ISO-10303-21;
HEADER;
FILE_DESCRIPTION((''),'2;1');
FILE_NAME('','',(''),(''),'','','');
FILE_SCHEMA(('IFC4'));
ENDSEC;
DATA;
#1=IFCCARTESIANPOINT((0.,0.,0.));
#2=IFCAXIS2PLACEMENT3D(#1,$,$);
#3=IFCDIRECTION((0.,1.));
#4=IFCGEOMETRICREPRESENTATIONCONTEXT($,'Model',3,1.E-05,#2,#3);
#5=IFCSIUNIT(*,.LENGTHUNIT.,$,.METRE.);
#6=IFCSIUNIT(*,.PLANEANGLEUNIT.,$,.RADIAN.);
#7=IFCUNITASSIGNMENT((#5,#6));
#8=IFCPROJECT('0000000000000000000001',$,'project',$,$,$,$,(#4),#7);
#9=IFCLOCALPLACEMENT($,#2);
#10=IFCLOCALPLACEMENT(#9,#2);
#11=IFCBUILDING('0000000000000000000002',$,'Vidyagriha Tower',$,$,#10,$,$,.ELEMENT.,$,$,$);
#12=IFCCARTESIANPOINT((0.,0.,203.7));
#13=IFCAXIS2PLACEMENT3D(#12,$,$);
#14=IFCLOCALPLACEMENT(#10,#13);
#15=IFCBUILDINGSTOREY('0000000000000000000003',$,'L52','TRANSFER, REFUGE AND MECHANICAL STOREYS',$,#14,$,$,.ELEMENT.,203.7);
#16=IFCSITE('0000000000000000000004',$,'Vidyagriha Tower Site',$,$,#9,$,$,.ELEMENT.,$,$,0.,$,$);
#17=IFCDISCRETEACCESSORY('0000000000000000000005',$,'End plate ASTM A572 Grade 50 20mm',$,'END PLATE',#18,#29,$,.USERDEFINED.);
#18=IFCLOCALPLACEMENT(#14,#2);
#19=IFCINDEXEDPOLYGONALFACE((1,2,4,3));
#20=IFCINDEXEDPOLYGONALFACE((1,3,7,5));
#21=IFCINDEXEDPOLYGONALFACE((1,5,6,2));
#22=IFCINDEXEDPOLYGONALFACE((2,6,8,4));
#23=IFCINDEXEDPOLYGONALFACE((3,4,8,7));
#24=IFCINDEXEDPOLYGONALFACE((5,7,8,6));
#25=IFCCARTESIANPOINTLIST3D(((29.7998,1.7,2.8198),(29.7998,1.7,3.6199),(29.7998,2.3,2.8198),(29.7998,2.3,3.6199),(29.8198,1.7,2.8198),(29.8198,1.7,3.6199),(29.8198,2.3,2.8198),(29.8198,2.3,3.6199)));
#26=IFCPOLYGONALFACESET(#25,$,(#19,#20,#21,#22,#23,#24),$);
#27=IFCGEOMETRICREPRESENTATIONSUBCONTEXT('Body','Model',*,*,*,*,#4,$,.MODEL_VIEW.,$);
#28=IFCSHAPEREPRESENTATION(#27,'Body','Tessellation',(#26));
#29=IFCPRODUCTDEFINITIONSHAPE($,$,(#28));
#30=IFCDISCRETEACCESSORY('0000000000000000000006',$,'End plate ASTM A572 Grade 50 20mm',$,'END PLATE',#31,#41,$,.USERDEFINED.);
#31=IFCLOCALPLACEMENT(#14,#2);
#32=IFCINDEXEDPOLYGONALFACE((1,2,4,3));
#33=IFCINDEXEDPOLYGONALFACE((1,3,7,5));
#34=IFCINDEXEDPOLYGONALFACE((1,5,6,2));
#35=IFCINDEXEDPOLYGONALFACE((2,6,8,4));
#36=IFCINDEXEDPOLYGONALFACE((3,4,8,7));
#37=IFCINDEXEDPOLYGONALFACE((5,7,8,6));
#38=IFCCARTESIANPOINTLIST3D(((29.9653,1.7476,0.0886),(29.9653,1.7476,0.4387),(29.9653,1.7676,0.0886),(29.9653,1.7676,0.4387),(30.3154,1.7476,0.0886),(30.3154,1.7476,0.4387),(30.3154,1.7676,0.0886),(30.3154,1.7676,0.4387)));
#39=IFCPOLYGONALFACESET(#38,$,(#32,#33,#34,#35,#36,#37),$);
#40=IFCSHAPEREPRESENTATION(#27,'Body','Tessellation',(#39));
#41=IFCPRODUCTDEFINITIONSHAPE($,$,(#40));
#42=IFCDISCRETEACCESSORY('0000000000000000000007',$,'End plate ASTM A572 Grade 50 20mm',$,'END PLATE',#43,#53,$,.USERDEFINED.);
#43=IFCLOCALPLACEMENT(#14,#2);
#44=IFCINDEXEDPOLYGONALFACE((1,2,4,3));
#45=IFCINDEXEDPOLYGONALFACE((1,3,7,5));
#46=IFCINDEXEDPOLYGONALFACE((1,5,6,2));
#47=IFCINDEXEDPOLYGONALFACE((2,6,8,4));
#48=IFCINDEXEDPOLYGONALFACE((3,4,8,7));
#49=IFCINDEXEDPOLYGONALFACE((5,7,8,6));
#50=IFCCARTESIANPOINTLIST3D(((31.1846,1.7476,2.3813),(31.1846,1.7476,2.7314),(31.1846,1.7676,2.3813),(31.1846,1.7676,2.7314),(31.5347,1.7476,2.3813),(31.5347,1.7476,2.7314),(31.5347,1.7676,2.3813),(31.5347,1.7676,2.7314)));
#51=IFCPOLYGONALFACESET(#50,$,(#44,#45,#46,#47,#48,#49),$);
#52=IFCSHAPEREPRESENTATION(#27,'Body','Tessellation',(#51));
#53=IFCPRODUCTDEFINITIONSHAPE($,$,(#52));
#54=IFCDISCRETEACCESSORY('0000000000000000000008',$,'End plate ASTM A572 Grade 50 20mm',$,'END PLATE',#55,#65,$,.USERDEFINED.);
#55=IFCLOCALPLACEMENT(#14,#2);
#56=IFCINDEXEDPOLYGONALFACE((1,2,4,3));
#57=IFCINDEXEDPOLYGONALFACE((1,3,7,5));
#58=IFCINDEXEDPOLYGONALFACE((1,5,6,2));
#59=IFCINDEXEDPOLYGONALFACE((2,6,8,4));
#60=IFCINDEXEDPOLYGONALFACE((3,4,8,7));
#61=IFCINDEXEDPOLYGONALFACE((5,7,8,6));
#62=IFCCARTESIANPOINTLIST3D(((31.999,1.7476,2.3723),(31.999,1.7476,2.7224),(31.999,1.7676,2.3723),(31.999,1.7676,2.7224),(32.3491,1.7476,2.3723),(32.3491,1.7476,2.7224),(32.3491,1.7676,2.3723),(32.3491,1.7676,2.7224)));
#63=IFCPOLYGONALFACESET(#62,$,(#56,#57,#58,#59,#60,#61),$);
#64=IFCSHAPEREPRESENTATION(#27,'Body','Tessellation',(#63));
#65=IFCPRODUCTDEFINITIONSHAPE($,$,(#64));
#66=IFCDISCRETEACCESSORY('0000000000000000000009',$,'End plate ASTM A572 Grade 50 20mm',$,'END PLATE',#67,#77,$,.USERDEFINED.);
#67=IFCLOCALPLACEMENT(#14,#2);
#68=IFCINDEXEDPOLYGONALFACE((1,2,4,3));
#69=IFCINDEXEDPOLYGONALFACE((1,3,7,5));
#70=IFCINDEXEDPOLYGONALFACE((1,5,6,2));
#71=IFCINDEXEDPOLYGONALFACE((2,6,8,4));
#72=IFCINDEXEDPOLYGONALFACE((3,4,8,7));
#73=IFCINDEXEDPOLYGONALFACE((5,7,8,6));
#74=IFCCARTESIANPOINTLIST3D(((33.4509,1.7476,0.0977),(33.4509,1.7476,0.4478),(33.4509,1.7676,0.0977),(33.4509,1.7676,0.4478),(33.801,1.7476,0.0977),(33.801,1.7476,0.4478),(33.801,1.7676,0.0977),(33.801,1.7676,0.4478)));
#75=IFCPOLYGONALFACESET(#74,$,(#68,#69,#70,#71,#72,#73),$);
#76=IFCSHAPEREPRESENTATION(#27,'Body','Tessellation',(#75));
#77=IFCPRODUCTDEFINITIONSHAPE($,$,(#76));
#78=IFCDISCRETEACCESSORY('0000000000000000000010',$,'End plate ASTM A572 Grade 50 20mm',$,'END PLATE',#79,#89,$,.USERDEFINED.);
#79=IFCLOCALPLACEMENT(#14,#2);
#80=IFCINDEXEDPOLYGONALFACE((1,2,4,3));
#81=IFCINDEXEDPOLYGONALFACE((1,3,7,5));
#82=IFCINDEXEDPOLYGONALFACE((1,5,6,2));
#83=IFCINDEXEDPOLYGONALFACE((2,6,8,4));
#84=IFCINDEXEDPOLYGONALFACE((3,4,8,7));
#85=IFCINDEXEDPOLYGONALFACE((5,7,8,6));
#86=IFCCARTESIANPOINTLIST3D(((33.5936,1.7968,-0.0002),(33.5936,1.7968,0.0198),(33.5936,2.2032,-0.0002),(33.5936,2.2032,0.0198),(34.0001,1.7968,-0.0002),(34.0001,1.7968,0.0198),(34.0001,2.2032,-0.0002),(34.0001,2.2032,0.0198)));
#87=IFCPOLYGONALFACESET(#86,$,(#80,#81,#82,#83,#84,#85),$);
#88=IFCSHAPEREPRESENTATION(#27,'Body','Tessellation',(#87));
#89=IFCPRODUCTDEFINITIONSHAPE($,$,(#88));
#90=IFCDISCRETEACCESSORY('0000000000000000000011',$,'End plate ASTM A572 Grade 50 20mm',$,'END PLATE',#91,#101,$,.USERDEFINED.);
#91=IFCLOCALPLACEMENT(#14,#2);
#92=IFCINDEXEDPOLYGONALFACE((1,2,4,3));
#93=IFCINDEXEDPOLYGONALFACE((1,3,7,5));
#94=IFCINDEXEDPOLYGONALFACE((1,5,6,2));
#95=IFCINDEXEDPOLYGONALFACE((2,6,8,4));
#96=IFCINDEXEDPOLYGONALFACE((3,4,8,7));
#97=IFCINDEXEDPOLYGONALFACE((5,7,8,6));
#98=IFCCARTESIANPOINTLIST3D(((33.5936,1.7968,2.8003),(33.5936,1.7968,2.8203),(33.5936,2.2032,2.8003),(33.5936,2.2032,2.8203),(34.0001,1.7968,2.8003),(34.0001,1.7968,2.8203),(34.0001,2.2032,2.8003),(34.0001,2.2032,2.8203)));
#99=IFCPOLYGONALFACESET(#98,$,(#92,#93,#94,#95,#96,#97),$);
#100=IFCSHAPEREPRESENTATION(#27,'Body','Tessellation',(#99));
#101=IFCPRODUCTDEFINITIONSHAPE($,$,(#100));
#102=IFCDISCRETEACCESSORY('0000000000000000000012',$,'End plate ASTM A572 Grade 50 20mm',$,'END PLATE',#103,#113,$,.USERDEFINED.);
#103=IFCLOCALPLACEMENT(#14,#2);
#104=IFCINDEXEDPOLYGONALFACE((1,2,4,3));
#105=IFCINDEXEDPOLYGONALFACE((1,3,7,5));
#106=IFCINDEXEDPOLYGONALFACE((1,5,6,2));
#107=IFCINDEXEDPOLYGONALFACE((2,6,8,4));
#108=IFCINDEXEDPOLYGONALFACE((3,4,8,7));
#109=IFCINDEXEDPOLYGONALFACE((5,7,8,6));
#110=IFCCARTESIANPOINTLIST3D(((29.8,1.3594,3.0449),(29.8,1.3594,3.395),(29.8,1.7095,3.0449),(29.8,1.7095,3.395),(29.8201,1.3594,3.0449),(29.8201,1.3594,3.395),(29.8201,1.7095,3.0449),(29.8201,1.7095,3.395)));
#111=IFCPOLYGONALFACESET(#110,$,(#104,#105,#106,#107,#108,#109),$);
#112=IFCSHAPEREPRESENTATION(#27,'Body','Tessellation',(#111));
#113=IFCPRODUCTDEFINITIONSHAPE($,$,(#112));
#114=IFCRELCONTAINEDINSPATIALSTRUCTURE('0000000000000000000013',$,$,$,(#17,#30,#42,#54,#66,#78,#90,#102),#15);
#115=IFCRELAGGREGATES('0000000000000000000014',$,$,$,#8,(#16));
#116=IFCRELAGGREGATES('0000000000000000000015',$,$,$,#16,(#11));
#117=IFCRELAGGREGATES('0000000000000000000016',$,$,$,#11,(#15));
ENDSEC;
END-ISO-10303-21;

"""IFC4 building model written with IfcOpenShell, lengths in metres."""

from ifc_helpers import new_model, si_unit, direction, frame, origin, origin_2d, place, context, subcontext, project, spatial, rectangle, extrude, element, save


model = new_model("IFC4")

# Units and contexts
model_context = context("Model", 3, precision=1e-05, world=origin(), true_north=direction((0.0, 1.0)))
body_context = subcontext(model_context, "Body", "Model", "MODEL_VIEW")
ifc_project = project(units=[si_unit("LENGTHUNIT", "METRE"), si_unit("PLANEANGLEUNIT", "RADIAN")], contexts=[model_context])

# Site, building, storey
site_placement = place(None, origin())
site = spatial("IfcSite", under=ifc_project, at=site_placement, Name="Vidyagriha Tower Site", CompositionType="ELEMENT", RefElevation=0.0)
building_placement = place(site_placement, origin())
building = spatial("IfcBuilding", under=site, at=building_placement, Name="Vidyagriha Tower", CompositionType="ELEMENT")
storey_placement = place(building_placement, frame((0.0, 0.0, 203.7)))
storey = spatial("IfcBuildingStorey", under=building, at=storey_placement, Name="L52", Description="TRANSFER, REFUGE AND MECHANICAL STOREYS", CompositionType="ELEMENT", Elevation=203.7)

# Discrete accessories
discrete_accessory_1_placement = place(storey_placement, frame((29.8098, 2.0, 2.8198), z_axis=(0.0, 0.0, 1.0), x_axis=(-1.0, 0.0, 0.0)))
element("IfcDiscreteAccessory", 1, at=discrete_accessory_1_placement, inside=storey, Name="End plate ASTM A572 Grade 50 20mm", ObjectType="END PLATE", PredefinedType="USERDEFINED", context=body_context, shape_type="SweptSolid", body=[
    extrude(rectangle(XDim=0.02, YDim=0.6001, at=origin_2d()), origin(), (0.0, 0.0, 1.0), 0.8),
])
discrete_accessory_2_placement = place(storey_placement, frame((30.1404, 1.7576, 0.0886), z_axis=(0.0, 0.0, 1.0), x_axis=(-1.0, 0.0, 0.0)))
element("IfcDiscreteAccessory", 2, at=discrete_accessory_2_placement, inside=storey, Name="End plate ASTM A572 Grade 50 20mm", ObjectType="END PLATE", PredefinedType="USERDEFINED", context=body_context, shape_type="SweptSolid", body=[
    extrude(rectangle(XDim=0.3501, YDim=0.02, at=origin_2d()), origin(), (0.0, 0.0, 1.0), 0.3501),
])
discrete_accessory_3_placement = place(storey_placement, frame((31.3596, 1.7576, 2.3813)))
element("IfcDiscreteAccessory", 3, at=discrete_accessory_3_placement, inside=storey, Name="End plate ASTM A572 Grade 50 20mm", ObjectType="END PLATE", PredefinedType="USERDEFINED", context=body_context, shape_type="SweptSolid", body=[
    extrude(rectangle(XDim=0.3501, YDim=0.02, at=origin_2d()), origin(), (0.0, 0.0, 1.0), 0.3501),
])
discrete_accessory_4_placement = place(storey_placement, frame((32.1741, 1.7576, 2.3723), z_axis=(0.0, 0.0, 1.0), x_axis=(-1.0, 0.0, 0.0)))
element("IfcDiscreteAccessory", 4, at=discrete_accessory_4_placement, inside=storey, Name="End plate ASTM A572 Grade 50 20mm", ObjectType="END PLATE", PredefinedType="USERDEFINED", context=body_context, shape_type="SweptSolid", body=[
    extrude(rectangle(XDim=0.3501, YDim=0.02, at=origin_2d()), origin(), (0.0, 0.0, 1.0), 0.3501),
])
discrete_accessory_5_placement = place(storey_placement, frame((33.626, 1.7576, 0.0977)))
element("IfcDiscreteAccessory", 5, at=discrete_accessory_5_placement, inside=storey, Name="End plate ASTM A572 Grade 50 20mm", ObjectType="END PLATE", PredefinedType="USERDEFINED", context=body_context, shape_type="SweptSolid", body=[
    extrude(rectangle(XDim=0.3501, YDim=0.02, at=origin_2d()), origin(), (0.0, 0.0, 1.0), 0.3501),
])
for number, where, name in (
    (6, (33.7969, 2.0, -0.0002), "End plate ASTM A572 Grade 50 20mm"),
    (7, (33.7969, 2.0, 2.8003), "End plate ASTM A572 Grade 50 20mm"),
):
    element("IfcDiscreteAccessory", number, at=place(storey_placement, frame(where)), inside=storey, Name=name, ObjectType="END PLATE", PredefinedType="USERDEFINED", context=body_context, shape_type="SweptSolid", body=[
        extrude(rectangle(XDim=0.4065, YDim=0.4065, at=origin_2d()), origin(), (0.0, 0.0, 1.0), 0.02),
    ])
discrete_accessory_6_placement = place(storey_placement, frame((29.8101, 1.5344, 3.0449), z_axis=(0.0, 0.0, 1.0), x_axis=(0.0, 1.0, 0.0)))
element("IfcDiscreteAccessory", 8, at=discrete_accessory_6_placement, inside=storey, Name="End plate ASTM A572 Grade 50 20mm", ObjectType="END PLATE", PredefinedType="USERDEFINED", context=body_context, shape_type="SweptSolid", body=[
    extrude(rectangle(XDim=0.3501, YDim=0.02, at=origin_2d()), origin(), (0.0, 0.0, 1.0), 0.3501),
])

save(model, "model.ifc")
